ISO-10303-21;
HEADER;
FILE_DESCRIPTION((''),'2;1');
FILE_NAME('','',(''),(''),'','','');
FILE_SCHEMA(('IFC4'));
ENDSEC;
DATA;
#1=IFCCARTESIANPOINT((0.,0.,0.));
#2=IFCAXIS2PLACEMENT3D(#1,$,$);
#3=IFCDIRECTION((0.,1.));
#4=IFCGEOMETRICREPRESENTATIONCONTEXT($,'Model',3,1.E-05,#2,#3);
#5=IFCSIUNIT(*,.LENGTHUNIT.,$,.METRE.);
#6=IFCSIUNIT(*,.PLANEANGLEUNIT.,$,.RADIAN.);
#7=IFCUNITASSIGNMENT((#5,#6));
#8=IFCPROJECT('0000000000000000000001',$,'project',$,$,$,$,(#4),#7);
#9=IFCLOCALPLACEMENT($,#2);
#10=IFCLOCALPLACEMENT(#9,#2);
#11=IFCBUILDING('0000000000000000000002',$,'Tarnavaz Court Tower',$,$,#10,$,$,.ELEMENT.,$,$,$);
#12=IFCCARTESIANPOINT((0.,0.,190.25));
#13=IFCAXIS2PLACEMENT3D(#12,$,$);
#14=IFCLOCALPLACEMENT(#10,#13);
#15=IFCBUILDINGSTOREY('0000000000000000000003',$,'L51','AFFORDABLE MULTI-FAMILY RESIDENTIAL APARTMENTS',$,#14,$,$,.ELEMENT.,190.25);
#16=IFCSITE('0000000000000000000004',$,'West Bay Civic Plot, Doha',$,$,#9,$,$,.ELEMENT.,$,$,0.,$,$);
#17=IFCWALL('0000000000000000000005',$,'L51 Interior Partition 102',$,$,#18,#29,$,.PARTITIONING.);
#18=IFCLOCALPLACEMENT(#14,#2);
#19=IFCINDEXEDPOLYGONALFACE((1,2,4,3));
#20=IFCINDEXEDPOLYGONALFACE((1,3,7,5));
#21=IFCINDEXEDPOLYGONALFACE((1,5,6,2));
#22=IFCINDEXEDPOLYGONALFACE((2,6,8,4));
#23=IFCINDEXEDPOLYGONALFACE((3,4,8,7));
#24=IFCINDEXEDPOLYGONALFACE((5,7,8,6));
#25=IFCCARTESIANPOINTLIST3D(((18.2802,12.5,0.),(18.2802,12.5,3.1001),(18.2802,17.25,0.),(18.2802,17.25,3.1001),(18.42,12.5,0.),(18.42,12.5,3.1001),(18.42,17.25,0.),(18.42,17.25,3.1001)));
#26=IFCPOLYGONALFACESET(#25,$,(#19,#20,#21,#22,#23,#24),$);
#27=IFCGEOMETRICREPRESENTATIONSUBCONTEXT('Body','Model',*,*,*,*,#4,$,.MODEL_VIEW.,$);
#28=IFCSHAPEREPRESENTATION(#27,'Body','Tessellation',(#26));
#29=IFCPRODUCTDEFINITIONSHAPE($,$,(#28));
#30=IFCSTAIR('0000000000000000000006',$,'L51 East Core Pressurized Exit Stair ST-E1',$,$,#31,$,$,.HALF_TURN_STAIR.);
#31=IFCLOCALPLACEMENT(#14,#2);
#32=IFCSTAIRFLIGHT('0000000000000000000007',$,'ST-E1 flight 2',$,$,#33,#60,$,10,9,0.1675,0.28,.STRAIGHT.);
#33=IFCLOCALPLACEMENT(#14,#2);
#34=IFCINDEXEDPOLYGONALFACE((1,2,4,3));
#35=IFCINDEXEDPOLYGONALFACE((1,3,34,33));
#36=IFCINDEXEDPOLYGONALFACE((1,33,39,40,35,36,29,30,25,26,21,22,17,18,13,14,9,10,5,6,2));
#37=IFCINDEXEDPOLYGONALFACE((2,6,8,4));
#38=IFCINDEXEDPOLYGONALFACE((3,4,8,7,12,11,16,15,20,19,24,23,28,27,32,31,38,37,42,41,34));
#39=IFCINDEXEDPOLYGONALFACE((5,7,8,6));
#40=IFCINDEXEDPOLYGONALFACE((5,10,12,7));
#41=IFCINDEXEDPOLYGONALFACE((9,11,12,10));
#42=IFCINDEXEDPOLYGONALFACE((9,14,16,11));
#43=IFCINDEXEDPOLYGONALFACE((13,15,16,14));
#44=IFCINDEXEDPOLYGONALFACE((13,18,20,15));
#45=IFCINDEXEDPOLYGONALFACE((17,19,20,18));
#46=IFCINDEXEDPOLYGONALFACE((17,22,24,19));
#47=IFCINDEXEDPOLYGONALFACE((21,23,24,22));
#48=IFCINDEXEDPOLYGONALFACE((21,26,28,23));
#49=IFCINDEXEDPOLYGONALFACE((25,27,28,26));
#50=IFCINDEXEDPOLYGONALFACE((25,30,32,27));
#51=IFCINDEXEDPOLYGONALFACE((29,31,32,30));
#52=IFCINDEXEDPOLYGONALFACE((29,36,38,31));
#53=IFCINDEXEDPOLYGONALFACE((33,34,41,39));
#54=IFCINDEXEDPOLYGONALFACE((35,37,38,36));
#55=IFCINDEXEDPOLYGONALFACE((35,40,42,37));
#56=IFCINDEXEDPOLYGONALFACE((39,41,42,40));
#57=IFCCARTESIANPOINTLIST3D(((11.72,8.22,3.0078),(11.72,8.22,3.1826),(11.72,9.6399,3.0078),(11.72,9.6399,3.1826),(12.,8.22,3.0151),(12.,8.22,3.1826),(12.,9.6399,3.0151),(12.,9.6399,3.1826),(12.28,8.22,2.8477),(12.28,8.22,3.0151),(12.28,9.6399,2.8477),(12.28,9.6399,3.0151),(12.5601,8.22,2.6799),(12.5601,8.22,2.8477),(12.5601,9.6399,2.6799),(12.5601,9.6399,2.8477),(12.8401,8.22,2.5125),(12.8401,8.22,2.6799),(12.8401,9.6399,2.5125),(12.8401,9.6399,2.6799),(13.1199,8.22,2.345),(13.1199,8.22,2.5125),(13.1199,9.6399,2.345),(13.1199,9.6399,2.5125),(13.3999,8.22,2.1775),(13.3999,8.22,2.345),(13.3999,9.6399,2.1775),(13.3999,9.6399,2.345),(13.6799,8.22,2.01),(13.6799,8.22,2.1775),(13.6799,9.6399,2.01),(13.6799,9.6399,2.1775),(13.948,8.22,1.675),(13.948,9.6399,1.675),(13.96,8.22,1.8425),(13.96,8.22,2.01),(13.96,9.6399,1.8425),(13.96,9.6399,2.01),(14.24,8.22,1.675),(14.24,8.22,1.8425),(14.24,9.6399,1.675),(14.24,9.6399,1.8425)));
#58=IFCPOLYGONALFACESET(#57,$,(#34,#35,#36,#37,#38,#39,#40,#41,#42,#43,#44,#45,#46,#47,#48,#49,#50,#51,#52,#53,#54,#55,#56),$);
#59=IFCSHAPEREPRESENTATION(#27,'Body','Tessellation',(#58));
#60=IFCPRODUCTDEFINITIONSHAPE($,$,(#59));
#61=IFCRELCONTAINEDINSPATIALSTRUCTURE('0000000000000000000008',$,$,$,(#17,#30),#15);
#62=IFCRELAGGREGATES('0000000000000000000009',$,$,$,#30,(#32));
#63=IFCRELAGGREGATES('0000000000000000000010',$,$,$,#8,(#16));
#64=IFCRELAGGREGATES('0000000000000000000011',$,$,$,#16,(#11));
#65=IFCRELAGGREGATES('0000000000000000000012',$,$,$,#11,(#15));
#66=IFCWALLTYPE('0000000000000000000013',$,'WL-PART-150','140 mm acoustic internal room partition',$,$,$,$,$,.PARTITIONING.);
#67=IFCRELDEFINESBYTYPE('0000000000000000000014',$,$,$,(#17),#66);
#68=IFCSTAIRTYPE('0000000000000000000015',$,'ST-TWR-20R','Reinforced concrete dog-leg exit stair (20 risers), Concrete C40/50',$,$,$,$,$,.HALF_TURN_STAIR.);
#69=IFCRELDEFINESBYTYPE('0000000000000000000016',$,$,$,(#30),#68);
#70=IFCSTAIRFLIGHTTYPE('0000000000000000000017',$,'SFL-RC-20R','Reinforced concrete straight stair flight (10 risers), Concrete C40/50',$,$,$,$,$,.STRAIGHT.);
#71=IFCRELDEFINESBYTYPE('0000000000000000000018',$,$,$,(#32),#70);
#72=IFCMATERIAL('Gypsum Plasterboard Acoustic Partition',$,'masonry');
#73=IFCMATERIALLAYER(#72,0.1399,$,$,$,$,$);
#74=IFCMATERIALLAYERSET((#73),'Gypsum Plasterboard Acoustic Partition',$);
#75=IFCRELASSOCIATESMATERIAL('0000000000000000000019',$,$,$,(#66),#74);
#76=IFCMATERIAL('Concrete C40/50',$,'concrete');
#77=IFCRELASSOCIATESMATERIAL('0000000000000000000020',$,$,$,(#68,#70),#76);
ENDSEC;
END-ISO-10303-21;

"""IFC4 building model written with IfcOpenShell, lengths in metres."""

from ifc_helpers import new_model, si_unit, direction, frame, frame_2d, origin, place, context, subcontext, project, spatial, polyline, rectangle, outline, extrude, material, layer, layer_set, type_object, element, aggregate, save


model = new_model("IFC4")

# Units and contexts
model_context = context("Model", 3, precision=1e-05, world=origin(), true_north=direction((0.0, 1.0)))
body_context = subcontext(model_context, "Body", "Model", "MODEL_VIEW")
ifc_project = project(units=[si_unit("LENGTHUNIT", "METRE"), si_unit("PLANEANGLEUNIT", "RADIAN")], contexts=[model_context])

# Site, building, storey
site_placement = place(None, origin())
site = spatial("IfcSite", under=ifc_project, at=site_placement, Name="West Bay Civic Plot, Doha", CompositionType="ELEMENT", RefElevation=0.0)
building_placement = place(site_placement, origin())
building = spatial("IfcBuilding", under=site, at=building_placement, Name="Tarnavaz Court Tower", CompositionType="ELEMENT")
storey_placement = place(building_placement, frame((0.0, 0.0, 190.25)))
storey = spatial("IfcBuildingStorey", under=building, at=storey_placement, Name="L51", Description="AFFORDABLE MULTI-FAMILY RESIDENTIAL APARTMENTS", CompositionType="ELEMENT", Elevation=190.25)

# Wall
ifc_material_1 = material(Name="Gypsum Plasterboard Acoustic Partition", Category="masonry")
ifc_layer_1 = layer(ifc_material_1, 0.1399)
ifc_layer_set_1 = layer_set([ifc_layer_1], Name="Gypsum Plasterboard Acoustic Partition")
wall_type_1 = type_object("IfcWallType", Name="WL-PART-150", Description="140 mm acoustic internal room partition", PredefinedType="PARTITIONING", material=ifc_layer_set_1)
wall_1_placement = place(storey_placement, frame((18.3501, 12.5, 0.0), z_axis=(0.0, 0.0, 1.0), x_axis=(0.0, 1.0, 0.0)))
element("IfcWall", 1, at=wall_1_placement, inside=storey, type_object=wall_type_1, Name="L51 Interior Partition 102", PredefinedType="PARTITIONING", context=body_context, shape_type="SweptSolid", body=[
    extrude(rectangle(XDim=4.75, YDim=0.1399, at=frame_2d((2.375, 0.0))), origin(), (0.0, 0.0, 1.0), 3.1001),
])

# Stair, stair flight
ifc_material_2 = material(Name="Concrete C40/50", Category="concrete")
stair_type = type_object("IfcStairType", Name="ST-TWR-20R", Description="Reinforced concrete dog-leg exit stair (20 risers), Concrete C40/50", PredefinedType="HALF_TURN_STAIR", material=ifc_material_2)
stair_placement = place(storey_placement, origin())
stair = element("IfcStair", 2, at=stair_placement, inside=storey, type_object=stair_type, Name="L51 East Core Pressurized Exit Stair ST-E1", PredefinedType="HALF_TURN_STAIR")
stair_flight_type = type_object("IfcStairFlightType", Name="SFL-RC-20R", Description="Reinforced concrete straight stair flight (10 risers), Concrete C40/50", PredefinedType="STRAIGHT", material=ifc_material_2)
stair_flight_placement = place(storey_placement, frame((14.24, 8.9299, 1.675), z_axis=(0.0, 0.0, 1.0), x_axis=(-1.0, 0.0, 0.0)))
stair_flight = element("IfcStairFlight", 3, at=stair_flight_placement, type_object=stair_flight_type, Name="ST-E1 flight 2", NumberOfRisers=10, NumberOfTreads=9, PredefinedType="STRAIGHT", RiserHeight=0.1675, TreadLength=0.28, context=body_context, shape_type="SweptSolid", body=[
    extrude(outline(polyline([(0.0, 0.0), (0.0, 0.1675), (0.28, 0.1675), (0.28, 0.335), (0.5601, 0.335), (0.5601, 0.5024), (0.8401, 0.5024), (0.8401, 0.6699), (1.1201, 0.6699), (1.1201, 0.8374), (1.3999, 0.8374), (1.3999, 1.0049), (1.6799, 1.0049), (1.6799, 1.1726), (1.96, 1.1726), (1.96, 1.3401), (2.24, 1.3401), (2.24, 1.5076), (2.52, 1.5076), (2.52, 1.675), (2.52, 1.3328), (0.292, 0.0), (0.0, 0.0)])), frame((0.0, 0.71, 0.0), z_axis=(0.0, -1.0, 0.0), x_axis=(1.0, 0.0, 0.0)), (0.0, 0.0, 1.0), 1.4199),
])
aggregate(stair, [stair_flight])

save(model, "model.ifc")
